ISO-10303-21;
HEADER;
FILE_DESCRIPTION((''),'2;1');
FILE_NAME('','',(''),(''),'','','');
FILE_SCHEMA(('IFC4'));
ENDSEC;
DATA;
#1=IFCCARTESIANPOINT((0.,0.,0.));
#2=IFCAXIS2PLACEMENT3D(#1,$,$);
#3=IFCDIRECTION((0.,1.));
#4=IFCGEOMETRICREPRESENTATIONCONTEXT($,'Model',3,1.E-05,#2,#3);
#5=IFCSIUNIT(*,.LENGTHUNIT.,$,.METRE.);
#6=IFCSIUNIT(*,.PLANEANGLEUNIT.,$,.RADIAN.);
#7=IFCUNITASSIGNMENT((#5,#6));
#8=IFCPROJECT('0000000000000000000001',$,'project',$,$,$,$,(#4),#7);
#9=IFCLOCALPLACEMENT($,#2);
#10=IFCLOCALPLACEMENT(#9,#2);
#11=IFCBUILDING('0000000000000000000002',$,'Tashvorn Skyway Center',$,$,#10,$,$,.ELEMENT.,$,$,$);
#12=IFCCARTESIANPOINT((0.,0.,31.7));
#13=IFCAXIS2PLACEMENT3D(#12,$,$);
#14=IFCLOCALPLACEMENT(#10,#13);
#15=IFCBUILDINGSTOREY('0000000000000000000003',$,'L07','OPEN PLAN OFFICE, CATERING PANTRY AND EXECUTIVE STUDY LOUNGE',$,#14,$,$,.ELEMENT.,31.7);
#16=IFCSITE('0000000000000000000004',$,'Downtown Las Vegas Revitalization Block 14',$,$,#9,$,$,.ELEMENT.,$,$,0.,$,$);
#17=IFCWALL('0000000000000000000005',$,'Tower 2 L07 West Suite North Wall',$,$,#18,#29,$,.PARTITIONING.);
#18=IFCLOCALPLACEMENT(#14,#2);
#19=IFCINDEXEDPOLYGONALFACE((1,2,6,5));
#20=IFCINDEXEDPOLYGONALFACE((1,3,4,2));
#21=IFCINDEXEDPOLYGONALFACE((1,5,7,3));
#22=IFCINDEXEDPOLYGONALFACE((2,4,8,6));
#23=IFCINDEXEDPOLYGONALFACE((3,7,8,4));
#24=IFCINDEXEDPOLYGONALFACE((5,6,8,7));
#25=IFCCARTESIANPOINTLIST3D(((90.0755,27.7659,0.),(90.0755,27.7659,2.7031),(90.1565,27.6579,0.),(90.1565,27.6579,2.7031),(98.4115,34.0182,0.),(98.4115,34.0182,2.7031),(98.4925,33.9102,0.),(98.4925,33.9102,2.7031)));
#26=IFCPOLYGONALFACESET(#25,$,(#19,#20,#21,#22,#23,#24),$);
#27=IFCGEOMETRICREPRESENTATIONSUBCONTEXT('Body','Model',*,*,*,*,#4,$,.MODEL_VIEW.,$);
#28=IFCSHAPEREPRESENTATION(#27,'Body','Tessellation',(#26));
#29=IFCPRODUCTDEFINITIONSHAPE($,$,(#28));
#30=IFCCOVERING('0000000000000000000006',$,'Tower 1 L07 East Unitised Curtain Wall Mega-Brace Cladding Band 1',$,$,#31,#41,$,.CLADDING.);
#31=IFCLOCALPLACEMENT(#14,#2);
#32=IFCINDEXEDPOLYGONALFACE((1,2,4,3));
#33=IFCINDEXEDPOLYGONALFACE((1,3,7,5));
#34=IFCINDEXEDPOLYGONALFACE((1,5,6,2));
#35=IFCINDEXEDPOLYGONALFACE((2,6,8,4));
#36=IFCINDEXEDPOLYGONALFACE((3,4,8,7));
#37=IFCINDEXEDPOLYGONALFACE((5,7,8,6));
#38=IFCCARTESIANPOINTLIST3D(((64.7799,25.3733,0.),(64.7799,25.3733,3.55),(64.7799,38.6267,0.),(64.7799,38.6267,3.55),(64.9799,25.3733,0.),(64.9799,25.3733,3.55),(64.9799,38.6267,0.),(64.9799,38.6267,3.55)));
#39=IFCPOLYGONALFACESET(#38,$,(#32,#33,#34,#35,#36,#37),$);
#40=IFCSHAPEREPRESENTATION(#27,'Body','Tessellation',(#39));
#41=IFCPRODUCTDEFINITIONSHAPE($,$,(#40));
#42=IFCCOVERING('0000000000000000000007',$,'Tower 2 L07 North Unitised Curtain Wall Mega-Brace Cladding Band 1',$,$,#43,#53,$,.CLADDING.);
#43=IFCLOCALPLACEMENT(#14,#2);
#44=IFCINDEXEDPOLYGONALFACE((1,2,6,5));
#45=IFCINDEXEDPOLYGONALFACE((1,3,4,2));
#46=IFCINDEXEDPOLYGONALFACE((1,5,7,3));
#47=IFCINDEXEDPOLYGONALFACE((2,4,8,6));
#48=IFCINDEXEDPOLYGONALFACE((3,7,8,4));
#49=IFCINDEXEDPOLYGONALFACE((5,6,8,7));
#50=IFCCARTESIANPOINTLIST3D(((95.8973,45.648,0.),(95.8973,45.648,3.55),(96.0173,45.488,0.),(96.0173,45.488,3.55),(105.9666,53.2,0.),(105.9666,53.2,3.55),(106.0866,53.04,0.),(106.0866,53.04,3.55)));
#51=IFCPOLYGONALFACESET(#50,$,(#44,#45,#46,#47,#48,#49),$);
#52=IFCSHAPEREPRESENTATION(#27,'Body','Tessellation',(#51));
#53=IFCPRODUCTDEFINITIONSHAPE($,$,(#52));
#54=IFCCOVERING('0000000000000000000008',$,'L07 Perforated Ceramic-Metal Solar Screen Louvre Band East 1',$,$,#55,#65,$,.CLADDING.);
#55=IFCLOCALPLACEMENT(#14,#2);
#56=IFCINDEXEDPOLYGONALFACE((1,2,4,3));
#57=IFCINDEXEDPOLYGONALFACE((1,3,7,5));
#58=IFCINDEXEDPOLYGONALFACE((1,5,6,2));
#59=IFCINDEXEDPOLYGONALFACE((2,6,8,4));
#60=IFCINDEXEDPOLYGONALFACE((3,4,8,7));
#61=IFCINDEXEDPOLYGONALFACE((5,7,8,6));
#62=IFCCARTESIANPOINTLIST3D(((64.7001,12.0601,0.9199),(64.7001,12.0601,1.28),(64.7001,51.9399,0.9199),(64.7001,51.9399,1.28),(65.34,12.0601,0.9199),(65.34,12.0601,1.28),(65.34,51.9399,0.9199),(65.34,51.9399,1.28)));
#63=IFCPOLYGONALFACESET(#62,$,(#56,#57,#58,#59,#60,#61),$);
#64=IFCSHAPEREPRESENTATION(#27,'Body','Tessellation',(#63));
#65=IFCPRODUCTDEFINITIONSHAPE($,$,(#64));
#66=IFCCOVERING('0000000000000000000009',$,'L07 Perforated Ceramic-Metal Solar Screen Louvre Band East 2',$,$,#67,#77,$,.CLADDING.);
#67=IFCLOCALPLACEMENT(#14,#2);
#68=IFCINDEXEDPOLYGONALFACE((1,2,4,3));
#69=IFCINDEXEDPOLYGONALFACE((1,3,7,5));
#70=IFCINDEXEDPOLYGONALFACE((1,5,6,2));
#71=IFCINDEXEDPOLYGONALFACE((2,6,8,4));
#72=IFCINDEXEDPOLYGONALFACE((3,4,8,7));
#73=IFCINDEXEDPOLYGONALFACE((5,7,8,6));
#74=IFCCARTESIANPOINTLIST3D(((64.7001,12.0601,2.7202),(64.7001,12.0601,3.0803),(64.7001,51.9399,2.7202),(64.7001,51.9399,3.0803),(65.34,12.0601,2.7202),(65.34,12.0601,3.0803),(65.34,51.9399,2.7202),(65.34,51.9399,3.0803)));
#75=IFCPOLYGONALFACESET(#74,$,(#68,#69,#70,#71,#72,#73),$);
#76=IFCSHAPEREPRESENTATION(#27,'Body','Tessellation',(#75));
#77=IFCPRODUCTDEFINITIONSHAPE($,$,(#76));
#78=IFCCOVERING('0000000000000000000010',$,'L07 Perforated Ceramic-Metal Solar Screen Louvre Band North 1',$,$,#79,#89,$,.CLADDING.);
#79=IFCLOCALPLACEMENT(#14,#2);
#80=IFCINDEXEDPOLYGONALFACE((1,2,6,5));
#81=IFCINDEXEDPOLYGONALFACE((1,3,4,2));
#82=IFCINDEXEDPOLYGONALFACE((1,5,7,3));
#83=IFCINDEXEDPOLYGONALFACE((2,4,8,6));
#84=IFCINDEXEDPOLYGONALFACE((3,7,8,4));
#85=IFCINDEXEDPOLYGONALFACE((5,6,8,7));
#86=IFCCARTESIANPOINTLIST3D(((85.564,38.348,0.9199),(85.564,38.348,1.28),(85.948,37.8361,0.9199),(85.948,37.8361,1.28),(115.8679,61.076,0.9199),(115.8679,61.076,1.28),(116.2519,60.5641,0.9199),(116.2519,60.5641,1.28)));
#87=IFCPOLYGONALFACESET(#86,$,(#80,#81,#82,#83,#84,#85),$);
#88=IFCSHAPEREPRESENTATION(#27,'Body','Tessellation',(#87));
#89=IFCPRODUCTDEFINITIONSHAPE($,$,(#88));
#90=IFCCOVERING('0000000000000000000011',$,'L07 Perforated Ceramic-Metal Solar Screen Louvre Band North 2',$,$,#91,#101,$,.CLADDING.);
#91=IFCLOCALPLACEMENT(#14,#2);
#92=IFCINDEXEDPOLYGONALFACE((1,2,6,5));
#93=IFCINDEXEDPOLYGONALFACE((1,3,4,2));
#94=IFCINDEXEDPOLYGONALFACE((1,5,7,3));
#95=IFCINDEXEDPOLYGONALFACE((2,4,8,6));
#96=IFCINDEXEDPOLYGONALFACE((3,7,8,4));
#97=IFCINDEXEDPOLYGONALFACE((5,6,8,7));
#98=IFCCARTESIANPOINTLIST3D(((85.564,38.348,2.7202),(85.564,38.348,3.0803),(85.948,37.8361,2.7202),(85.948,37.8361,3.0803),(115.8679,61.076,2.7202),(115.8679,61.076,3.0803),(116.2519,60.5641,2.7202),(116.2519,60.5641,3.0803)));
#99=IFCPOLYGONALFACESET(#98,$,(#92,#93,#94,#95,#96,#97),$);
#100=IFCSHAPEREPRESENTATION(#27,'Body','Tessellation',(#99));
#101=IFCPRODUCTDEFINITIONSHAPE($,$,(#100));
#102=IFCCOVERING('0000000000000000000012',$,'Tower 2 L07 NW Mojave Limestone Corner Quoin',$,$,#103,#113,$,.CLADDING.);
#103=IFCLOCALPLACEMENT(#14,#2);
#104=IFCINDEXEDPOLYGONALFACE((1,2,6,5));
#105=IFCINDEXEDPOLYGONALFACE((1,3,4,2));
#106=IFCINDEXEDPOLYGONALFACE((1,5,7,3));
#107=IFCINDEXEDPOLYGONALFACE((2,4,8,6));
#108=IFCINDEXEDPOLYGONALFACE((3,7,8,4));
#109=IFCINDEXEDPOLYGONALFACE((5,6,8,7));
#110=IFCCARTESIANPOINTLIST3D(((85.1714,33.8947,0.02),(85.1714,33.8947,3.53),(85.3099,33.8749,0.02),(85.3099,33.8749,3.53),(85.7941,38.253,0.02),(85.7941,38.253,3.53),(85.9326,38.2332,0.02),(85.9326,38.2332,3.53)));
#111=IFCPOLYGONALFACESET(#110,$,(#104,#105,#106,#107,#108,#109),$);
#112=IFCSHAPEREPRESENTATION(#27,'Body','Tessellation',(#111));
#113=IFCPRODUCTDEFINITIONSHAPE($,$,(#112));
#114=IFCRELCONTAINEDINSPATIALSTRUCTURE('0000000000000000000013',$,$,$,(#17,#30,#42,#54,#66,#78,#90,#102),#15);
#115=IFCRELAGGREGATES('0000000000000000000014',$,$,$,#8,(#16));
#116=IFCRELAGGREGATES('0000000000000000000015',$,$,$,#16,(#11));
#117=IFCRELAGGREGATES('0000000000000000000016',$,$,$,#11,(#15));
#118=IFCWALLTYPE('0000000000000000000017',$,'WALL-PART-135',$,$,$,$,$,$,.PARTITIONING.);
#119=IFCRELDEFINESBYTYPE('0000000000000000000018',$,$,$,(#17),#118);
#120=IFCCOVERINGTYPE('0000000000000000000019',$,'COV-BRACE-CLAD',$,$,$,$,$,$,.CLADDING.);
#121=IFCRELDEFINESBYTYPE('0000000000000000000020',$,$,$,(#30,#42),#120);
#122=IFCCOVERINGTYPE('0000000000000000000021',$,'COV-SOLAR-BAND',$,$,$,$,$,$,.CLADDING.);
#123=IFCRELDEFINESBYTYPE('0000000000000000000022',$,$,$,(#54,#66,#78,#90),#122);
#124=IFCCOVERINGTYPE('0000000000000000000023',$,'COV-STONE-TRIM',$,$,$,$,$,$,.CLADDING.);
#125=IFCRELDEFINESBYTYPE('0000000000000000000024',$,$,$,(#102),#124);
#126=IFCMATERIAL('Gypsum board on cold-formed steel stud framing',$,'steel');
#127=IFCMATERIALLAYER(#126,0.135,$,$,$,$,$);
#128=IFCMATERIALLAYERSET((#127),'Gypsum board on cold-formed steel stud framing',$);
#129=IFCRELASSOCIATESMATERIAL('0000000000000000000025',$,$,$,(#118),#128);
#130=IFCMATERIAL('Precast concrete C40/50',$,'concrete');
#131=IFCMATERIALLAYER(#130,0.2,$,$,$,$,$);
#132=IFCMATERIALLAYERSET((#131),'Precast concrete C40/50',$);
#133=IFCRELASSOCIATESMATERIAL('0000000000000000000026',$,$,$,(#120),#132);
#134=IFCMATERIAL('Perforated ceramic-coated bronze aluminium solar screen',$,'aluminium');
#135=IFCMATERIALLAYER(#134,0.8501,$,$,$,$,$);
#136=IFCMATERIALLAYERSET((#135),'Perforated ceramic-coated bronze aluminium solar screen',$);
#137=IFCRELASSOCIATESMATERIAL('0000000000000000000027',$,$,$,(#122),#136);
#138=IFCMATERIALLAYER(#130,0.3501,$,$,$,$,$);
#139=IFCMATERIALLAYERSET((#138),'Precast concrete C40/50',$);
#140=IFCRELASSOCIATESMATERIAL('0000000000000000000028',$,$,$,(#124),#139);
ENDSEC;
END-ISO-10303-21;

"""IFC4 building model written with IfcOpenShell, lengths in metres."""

from ifc_helpers import new_model, si_unit, direction, frame, frame_2d, origin, origin_2d, place, context, subcontext, project, spatial, rectangle, extrude, material, layer, layer_set, type_object, element, save


model = new_model("IFC4")

# Units and contexts
model_context = context("Model", 3, precision=1e-05, world=origin(), true_north=direction((0.0, 1.0)))
body_context = subcontext(model_context, "Body", "Model", "MODEL_VIEW")
ifc_project = project(units=[si_unit("LENGTHUNIT", "METRE"), si_unit("PLANEANGLEUNIT", "RADIAN")], contexts=[model_context])

# Site, building, storey
site_placement = place(None, origin())
site = spatial("IfcSite", under=ifc_project, at=site_placement, Name="Downtown Las Vegas Revitalization Block 14", CompositionType="ELEMENT", RefElevation=0.0)
building_placement = place(site_placement, origin())
building = spatial("IfcBuilding", under=site, at=building_placement, Name="Tashvorn Skyway Center", CompositionType="ELEMENT")
storey_placement = place(building_placement, frame((0.0, 0.0, 31.7)))
storey = spatial("IfcBuildingStorey", under=building, at=storey_placement, Name="L07", Description="OPEN PLAN OFFICE, CATERING PANTRY AND EXECUTIVE STUDY LOUNGE", CompositionType="ELEMENT", Elevation=31.7)

# Shared definitions
ifc_material_1 = material(Name="Precast concrete C40/50", Category="concrete")
ifc_material_2 = material(Name="Gypsum board on cold-formed steel stud framing", Category="steel")
ifc_layer_1 = layer(ifc_material_2, 0.135)
ifc_layer_set_1 = layer_set([ifc_layer_1], Name="Gypsum board on cold-formed steel stud framing")
wall_type_1 = type_object("IfcWallType", Name="WALL-PART-135", PredefinedType="PARTITIONING", material=ifc_layer_set_1)

# Wall
wall_1_placement = place(storey_placement, frame((98.4519, 33.9641, 0.0), z_axis=(0.0, 0.0, 1.0), x_axis=(-0.799989, -0.600015, 0.0)))
element("IfcWall", 1, at=wall_1_placement, inside=storey, type_object=wall_type_1, Name="Tower 2 L07 West Suite North Wall", PredefinedType="PARTITIONING", context=body_context, shape_type="SweptSolid", body=[
    extrude(rectangle(XDim=10.4202, YDim=0.135, at=frame_2d((5.21, 0.0))), origin(), (0.0, 0.0, 1.0), 2.7031),
])

# Coverings
ifc_layer_2 = layer(ifc_material_1, 0.2)
ifc_layer_set_2 = layer_set([ifc_layer_2], Name="Precast concrete C40/50")
covering_type_1 = type_object("IfcCoveringType", Name="COV-BRACE-CLAD", PredefinedType="CLADDING", material=ifc_layer_set_2)
covering_1_placement = place(storey_placement, frame((64.8799, 32.0, 0.0), z_axis=(0.0, 0.0, 1.0), x_axis=(0.0, -1.0, 0.0)))
element("IfcCovering", 2, at=covering_1_placement, inside=storey, type_object=covering_type_1, Name="Tower 1 L07 East Unitised Curtain Wall Mega-Brace Cladding Band 1", PredefinedType="CLADDING", context=body_context, shape_type="SweptSolid", body=[
    extrude(rectangle(XDim=13.2534, YDim=0.2, at=origin_2d()), origin(), (0.0, 0.0, 1.0), 3.55),
])
covering_2_placement = place(storey_placement, frame((100.9919, 49.344, 0.0), z_axis=(0.0, 0.0, 1.0), x_axis=(0.8, 0.6, 0.0)))
element("IfcCovering", 3, at=covering_2_placement, inside=storey, type_object=covering_type_1, Name="Tower 2 L07 North Unitised Curtain Wall Mega-Brace Cladding Band 1", PredefinedType="CLADDING", context=body_context, shape_type="SweptSolid", body=[
    extrude(rectangle(XDim=12.5867, YDim=0.2, at=origin_2d()), origin(), (0.0, 0.0, 1.0), 3.55),
])
ifc_material_3 = material(Name="Perforated ceramic-coated bronze aluminium solar screen", Category="aluminium")
ifc_layer_3 = layer(ifc_material_3, 0.8501)
ifc_layer_set_3 = layer_set([ifc_layer_3], Name="Perforated ceramic-coated bronze aluminium solar screen")
covering_type_2 = type_object("IfcCoveringType", Name="COV-SOLAR-BAND", PredefinedType="CLADDING", material=ifc_layer_set_3)
for number, where, z_axis, x_axis, name in (
    (4, (65.02, 32.0, 0.9199), (0.0, 0.0, 1.0), (0.0, -1.0, 0.0), "L07 Perforated Ceramic-Metal Solar Screen Louvre Band East 1"),
    (5, (65.02, 32.0, 2.7202), (0.0, 0.0, 1.0), (0.0, -1.0, 0.0), "L07 Perforated Ceramic-Metal Solar Screen Louvre Band East 2"),
):
    element("IfcCovering", number, at=place(storey_placement, frame(where, z_axis=z_axis, x_axis=x_axis)), inside=storey, type_object=covering_type_2, Name=name, PredefinedType="CLADDING", context=body_context, shape_type="SweptSolid", body=[
        extrude(rectangle(XDim=39.8799, YDim=0.6399, at=origin_2d()), origin(), (0.0, 0.0, 1.0), 0.3601),
    ])
for number, where, z_axis, x_axis, name in (
    (6, (100.908, 49.4561, 0.9199), (0.0, 0.0, 1.0), (0.8, 0.6, 0.0), "L07 Perforated Ceramic-Metal Solar Screen Louvre Band North 1"),
    (7, (100.908, 49.4561, 2.7202), (0.0, 0.0, 1.0), (0.8, 0.6, 0.0), "L07 Perforated Ceramic-Metal Solar Screen Louvre Band North 2"),
):
    element("IfcCovering", number, at=place(storey_placement, frame(where, z_axis=z_axis, x_axis=x_axis)), inside=storey, type_object=covering_type_2, Name=name, PredefinedType="CLADDING", context=body_context, shape_type="SweptSolid", body=[
        extrude(rectangle(XDim=37.8799, YDim=0.6399, at=origin_2d()), origin(), (0.0, 0.0, 1.0), 0.3601),
    ])
ifc_layer_4 = layer(ifc_material_1, 0.3501)
ifc_layer_set_4 = layer_set([ifc_layer_4], Name="Precast concrete C40/50")
covering_type_3 = type_object("IfcCoveringType", Name="COV-STONE-TRIM", PredefinedType="CLADDING", material=ifc_layer_set_4)
covering_3_placement = place(storey_placement, frame((85.552, 36.064, 0.02), z_axis=(0.0, 0.0, 1.0), x_axis=(-0.141421, -0.989949, 0.0)))
element("IfcCovering", 8, at=covering_3_placement, inside=storey, type_object=covering_type_3, Name="Tower 2 L07 NW Mojave Limestone Corner Quoin", PredefinedType="CLADDING", context=body_context, shape_type="SweptSolid", body=[
    extrude(rectangle(XDim=4.4026, YDim=0.1399, at=origin_2d()), origin(), (0.0, 0.0, 1.0), 3.51),
])

save(model, "model.ifc")
